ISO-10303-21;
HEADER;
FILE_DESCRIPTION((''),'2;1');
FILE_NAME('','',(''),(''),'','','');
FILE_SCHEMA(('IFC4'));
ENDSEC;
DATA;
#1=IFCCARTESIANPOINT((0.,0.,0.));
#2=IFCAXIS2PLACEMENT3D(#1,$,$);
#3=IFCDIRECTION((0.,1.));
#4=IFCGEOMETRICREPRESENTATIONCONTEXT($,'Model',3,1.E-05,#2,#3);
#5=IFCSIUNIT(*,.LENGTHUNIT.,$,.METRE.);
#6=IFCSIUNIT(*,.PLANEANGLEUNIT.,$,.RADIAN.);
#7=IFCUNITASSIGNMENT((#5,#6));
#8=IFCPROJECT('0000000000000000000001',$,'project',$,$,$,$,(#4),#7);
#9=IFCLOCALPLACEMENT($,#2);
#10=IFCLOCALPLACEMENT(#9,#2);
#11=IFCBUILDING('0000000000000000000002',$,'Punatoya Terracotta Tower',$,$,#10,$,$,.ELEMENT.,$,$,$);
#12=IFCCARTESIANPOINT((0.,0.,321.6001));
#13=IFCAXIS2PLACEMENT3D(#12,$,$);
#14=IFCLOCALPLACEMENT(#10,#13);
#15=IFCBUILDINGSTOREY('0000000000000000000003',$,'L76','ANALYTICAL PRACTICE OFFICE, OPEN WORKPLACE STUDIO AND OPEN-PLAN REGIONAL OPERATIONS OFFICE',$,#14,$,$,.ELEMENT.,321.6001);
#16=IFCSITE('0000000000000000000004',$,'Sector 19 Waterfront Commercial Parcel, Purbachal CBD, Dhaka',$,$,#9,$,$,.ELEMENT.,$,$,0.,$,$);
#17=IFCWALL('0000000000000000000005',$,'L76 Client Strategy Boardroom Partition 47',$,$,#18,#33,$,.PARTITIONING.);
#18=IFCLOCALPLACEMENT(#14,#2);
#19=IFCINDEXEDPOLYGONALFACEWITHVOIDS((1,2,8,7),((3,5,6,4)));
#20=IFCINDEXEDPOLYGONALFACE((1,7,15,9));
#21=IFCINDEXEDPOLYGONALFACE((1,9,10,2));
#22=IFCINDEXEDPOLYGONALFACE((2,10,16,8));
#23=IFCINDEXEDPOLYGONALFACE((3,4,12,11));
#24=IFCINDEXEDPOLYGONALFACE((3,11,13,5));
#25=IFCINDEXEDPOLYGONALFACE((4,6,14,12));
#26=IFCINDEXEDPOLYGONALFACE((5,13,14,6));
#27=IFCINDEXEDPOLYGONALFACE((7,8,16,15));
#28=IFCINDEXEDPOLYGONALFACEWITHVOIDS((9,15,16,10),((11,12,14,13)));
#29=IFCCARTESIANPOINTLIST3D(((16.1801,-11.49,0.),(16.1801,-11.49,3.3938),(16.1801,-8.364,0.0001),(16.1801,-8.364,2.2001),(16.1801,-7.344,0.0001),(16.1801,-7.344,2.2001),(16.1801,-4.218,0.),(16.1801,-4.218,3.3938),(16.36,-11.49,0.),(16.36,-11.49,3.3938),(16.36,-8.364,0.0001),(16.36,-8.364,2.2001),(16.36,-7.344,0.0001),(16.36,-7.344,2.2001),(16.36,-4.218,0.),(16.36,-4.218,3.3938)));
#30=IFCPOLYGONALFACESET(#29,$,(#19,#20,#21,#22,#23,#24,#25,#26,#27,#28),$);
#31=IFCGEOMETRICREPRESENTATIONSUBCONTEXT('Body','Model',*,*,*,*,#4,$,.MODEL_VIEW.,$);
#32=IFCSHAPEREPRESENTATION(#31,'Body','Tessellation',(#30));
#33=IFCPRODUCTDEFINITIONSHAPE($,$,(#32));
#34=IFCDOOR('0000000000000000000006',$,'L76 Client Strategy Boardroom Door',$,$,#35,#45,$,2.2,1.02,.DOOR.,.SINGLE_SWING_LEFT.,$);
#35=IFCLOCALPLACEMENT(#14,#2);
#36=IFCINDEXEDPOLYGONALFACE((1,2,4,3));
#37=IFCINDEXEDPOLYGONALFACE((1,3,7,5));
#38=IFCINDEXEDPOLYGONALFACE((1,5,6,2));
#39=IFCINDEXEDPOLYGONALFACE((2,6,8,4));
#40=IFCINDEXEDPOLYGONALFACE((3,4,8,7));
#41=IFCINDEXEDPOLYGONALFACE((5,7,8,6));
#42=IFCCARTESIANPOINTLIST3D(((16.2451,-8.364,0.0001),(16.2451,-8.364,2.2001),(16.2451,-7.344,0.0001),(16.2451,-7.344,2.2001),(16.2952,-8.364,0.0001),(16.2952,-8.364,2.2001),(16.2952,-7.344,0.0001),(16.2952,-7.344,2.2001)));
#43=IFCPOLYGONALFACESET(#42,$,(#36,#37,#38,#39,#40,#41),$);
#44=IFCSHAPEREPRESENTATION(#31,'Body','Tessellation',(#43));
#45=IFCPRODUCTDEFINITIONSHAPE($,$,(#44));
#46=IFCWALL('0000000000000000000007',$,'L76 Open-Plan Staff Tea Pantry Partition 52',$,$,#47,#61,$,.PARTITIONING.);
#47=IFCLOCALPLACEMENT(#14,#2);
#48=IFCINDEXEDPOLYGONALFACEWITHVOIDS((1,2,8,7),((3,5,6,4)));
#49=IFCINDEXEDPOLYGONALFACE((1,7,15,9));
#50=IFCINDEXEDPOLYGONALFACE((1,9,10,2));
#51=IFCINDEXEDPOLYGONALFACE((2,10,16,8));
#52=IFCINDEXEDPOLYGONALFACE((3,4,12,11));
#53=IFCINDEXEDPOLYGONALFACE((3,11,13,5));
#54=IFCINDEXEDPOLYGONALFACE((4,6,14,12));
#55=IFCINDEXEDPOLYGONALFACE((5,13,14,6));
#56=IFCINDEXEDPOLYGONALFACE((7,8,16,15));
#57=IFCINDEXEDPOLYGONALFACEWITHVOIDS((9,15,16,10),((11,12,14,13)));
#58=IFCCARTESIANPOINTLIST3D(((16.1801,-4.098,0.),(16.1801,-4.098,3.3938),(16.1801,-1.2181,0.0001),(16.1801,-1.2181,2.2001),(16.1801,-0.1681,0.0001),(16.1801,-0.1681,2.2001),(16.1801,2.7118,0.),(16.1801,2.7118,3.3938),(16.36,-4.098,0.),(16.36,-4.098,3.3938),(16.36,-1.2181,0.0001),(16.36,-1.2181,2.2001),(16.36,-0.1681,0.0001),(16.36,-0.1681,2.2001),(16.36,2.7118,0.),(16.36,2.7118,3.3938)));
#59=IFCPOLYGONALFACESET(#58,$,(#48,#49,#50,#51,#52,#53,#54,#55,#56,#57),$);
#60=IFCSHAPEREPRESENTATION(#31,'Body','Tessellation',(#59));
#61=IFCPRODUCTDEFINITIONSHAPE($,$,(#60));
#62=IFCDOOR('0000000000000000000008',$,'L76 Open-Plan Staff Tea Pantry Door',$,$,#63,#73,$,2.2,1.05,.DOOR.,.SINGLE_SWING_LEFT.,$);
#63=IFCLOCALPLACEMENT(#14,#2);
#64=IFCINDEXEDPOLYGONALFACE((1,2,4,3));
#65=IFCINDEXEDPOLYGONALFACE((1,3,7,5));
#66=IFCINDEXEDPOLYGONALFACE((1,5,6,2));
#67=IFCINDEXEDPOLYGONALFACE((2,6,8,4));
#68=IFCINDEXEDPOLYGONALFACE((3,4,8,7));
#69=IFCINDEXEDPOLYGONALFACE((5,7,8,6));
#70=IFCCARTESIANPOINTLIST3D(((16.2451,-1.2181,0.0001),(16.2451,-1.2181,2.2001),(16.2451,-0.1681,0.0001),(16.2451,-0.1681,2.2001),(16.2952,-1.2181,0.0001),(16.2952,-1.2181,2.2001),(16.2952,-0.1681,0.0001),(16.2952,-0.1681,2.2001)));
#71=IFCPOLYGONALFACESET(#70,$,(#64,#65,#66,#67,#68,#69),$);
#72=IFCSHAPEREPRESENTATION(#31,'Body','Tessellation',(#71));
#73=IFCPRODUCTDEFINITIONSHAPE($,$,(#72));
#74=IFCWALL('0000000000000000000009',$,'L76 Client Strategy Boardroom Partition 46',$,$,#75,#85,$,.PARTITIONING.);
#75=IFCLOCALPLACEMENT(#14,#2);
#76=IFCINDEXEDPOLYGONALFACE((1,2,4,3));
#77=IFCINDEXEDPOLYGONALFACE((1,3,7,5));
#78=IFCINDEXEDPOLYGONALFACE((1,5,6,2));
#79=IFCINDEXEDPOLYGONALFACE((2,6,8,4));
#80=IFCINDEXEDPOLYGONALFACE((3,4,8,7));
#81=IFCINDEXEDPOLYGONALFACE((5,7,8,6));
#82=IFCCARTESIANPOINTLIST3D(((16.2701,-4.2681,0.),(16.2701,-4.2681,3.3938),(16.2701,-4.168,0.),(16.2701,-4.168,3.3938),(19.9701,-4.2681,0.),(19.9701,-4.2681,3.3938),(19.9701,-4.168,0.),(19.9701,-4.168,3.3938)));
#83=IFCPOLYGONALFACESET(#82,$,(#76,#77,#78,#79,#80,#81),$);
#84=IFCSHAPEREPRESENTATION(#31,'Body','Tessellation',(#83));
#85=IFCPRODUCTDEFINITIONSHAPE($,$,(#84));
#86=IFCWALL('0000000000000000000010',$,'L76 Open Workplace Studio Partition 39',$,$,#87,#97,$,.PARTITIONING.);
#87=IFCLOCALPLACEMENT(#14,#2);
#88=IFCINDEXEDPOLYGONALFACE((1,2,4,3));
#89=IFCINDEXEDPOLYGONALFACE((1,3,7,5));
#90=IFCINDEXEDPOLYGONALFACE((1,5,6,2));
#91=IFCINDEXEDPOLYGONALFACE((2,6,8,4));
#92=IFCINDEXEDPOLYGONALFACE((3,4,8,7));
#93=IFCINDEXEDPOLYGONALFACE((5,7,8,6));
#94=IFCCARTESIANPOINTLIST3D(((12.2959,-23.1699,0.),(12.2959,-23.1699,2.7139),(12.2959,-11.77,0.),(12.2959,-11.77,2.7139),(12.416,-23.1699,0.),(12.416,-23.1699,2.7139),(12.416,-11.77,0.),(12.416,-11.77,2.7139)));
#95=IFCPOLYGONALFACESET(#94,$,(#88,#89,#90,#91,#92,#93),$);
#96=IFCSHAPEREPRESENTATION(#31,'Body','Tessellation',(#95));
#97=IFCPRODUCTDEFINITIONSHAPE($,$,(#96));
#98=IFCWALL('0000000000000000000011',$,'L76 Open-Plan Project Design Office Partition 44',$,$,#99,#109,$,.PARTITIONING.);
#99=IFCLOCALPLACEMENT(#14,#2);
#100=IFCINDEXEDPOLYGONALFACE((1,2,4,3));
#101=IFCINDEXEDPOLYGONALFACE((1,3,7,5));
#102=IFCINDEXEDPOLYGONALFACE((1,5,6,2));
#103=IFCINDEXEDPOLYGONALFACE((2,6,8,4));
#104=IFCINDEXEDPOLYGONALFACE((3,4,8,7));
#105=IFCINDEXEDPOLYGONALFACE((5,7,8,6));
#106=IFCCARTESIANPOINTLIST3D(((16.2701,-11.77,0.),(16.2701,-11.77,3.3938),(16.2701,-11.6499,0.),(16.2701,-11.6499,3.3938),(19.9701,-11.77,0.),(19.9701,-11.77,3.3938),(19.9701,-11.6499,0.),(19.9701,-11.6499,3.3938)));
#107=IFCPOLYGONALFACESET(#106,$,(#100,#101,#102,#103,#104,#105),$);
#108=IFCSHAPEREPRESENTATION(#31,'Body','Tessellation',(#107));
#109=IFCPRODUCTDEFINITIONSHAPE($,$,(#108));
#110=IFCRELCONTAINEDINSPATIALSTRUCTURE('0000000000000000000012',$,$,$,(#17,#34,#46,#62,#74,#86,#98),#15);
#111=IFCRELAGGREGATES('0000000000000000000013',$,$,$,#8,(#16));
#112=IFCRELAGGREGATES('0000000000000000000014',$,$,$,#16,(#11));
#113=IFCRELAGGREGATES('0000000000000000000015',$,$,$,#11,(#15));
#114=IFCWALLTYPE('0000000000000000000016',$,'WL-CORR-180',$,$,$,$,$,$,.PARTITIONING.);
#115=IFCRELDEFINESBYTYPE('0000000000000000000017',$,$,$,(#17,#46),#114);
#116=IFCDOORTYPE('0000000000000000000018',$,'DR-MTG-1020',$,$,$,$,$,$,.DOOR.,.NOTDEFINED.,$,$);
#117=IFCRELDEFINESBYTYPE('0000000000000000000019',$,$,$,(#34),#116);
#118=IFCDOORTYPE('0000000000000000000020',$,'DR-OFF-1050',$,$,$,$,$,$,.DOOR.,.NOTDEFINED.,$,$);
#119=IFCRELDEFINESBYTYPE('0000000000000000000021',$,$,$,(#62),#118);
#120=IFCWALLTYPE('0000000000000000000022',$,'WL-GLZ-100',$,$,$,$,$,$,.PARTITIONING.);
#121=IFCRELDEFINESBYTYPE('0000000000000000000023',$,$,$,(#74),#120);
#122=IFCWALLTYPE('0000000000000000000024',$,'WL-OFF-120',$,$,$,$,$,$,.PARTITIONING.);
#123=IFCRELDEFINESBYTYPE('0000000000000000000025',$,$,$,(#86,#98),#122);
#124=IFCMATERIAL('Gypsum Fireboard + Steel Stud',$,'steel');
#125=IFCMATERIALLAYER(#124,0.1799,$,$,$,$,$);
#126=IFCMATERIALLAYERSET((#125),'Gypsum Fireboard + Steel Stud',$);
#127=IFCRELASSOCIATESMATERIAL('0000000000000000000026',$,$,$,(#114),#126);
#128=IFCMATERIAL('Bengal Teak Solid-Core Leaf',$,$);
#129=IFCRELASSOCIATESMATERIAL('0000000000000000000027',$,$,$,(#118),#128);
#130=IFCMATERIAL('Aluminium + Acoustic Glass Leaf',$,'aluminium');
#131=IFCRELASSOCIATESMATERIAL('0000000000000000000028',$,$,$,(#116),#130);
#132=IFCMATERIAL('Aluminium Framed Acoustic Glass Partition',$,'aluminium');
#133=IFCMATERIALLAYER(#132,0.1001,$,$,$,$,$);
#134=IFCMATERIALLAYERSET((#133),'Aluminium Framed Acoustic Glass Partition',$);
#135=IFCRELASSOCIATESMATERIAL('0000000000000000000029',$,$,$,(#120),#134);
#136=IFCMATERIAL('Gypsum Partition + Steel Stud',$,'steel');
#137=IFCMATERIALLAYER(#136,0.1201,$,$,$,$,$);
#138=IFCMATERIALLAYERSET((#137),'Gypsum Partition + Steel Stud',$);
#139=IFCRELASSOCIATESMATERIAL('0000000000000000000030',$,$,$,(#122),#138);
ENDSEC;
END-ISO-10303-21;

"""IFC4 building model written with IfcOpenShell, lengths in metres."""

from ifc_helpers import new_model, si_unit, direction, frame, frame_2d, origin, place, context, subcontext, project, spatial, rectangle, extrude, material, layer, layer_set, type_object, element, fill, save


model = new_model("IFC4")

# Units and contexts
model_context = context("Model", 3, precision=1e-05, world=origin(), true_north=direction((0.0, 1.0)))
body_context = subcontext(model_context, "Body", "Model", "MODEL_VIEW")
ifc_project = project(units=[si_unit("LENGTHUNIT", "METRE"), si_unit("PLANEANGLEUNIT", "RADIAN")], contexts=[model_context])

# Site, building, storey
site_placement = place(None, origin())
site = spatial("IfcSite", under=ifc_project, at=site_placement, Name="Sector 19 Waterfront Commercial Parcel, Purbachal CBD, Dhaka", CompositionType="ELEMENT", RefElevation=0.0)
building_placement = place(site_placement, origin())
building = spatial("IfcBuilding", under=site, at=building_placement, Name="Punatoya Terracotta Tower", CompositionType="ELEMENT")
storey_placement = place(building_placement, frame((0.0, 0.0, 321.6001)))
storey = spatial("IfcBuildingStorey", under=building, at=storey_placement, Name="L76", Description="ANALYTICAL PRACTICE OFFICE, OPEN WORKPLACE STUDIO AND OPEN-PLAN REGIONAL OPERATIONS OFFICE", CompositionType="ELEMENT", Elevation=321.6001)

# Walls, openings, doors
ifc_material_1 = material(Name="Gypsum Fireboard + Steel Stud", Category="steel")
ifc_layer_1 = layer(ifc_material_1, 0.1799)
ifc_layer_set_1 = layer_set([ifc_layer_1], Name="Gypsum Fireboard + Steel Stud")
wall_type_1 = type_object("IfcWallType", Name="WL-CORR-180", PredefinedType="PARTITIONING", material=ifc_layer_set_1)
ifc_material_2 = material(Name="Bengal Teak Solid-Core Leaf")
door_type_1 = type_object("IfcDoorType", Name="DR-OFF-1050", OperationType="NOTDEFINED", PredefinedType="DOOR", material=ifc_material_2)
wall_1_placement = place(storey_placement, frame((16.27, -11.49, 0.0), z_axis=(0.0, 0.0, 1.0), x_axis=(0.0, 1.0, 0.0)))
wall_1 = element("IfcWall", 1, at=wall_1_placement, inside=storey, type_object=wall_type_1, Name="L76 Client Strategy Boardroom Partition 47", PredefinedType="PARTITIONING", context=body_context, shape_type="SweptSolid", body=[
    extrude(rectangle(XDim=7.272, YDim=0.1799, at=frame_2d((3.636, 0.0))), origin(), (0.0, 0.0, 1.0), 3.3938),
])
opening_1_placement = place(wall_1_placement, frame((3.126, 0.0, 0.0)))
opening_1 = element("IfcOpeningElement", 2, at=opening_1_placement, cuts=wall_1, PredefinedType="OPENING", context=body_context, shape_type="SweptSolid", body=[
    extrude(rectangle(XDim=1.02, YDim=2.2, at=frame_2d((0.51, 1.1001))), frame((0.0, 0.0999, 0.0), z_axis=(0.0, -1.0, 0.0), x_axis=(1.0, 0.0, 0.0)), (0.0, 0.0, 1.0), 0.2),
])
ifc_material_3 = material(Name="Aluminium + Acoustic Glass Leaf", Category="aluminium")
door_type_2 = type_object("IfcDoorType", Name="DR-MTG-1020", OperationType="NOTDEFINED", PredefinedType="DOOR", material=ifc_material_3)
door_1_placement = place(opening_1_placement, origin())
door_1 = element("IfcDoor", 3, at=door_1_placement, inside=storey, type_object=door_type_2, Name="L76 Client Strategy Boardroom Door", OperationType="SINGLE_SWING_LEFT", OverallHeight=2.2, OverallWidth=1.02, PredefinedType="DOOR", context=body_context, shape_type="SweptSolid", body=[
    extrude(rectangle(XDim=1.02, YDim=2.2, at=frame_2d((0.51, 1.1001))), frame((0.0, 0.0249, 0.0), z_axis=(0.0, -1.0, 0.0), x_axis=(1.0, 0.0, 0.0)), (0.0, 0.0, 1.0), 0.05),
])
fill(opening_1, door_1)
wall_2_placement = place(storey_placement, frame((16.27, -4.0979, 0.0), z_axis=(0.0, 0.0, 1.0), x_axis=(0.0, 1.0, 0.0)))
wall_2 = element("IfcWall", 4, at=wall_2_placement, inside=storey, type_object=wall_type_1, Name="L76 Open-Plan Staff Tea Pantry Partition 52", PredefinedType="PARTITIONING", context=body_context, shape_type="SweptSolid", body=[
    extrude(rectangle(XDim=6.8098, YDim=0.1799, at=frame_2d((3.4048, 0.0))), origin(), (0.0, 0.0, 1.0), 3.3938),
])
opening_2_placement = place(wall_2_placement, frame((2.8799, 0.0, 0.0)))
opening_2 = element("IfcOpeningElement", 5, at=opening_2_placement, cuts=wall_2, PredefinedType="OPENING", context=body_context, shape_type="SweptSolid", body=[
    extrude(rectangle(XDim=1.05, YDim=2.2, at=frame_2d((0.5249, 1.1001))), frame((0.0, 0.0999, 0.0), z_axis=(0.0, -1.0, 0.0), x_axis=(1.0, 0.0, 0.0)), (0.0, 0.0, 1.0), 0.2),
])
door_2_placement = place(opening_2_placement, origin())
door_2 = element("IfcDoor", 6, at=door_2_placement, inside=storey, type_object=door_type_1, Name="L76 Open-Plan Staff Tea Pantry Door", OperationType="SINGLE_SWING_LEFT", OverallHeight=2.2, OverallWidth=1.05, PredefinedType="DOOR", context=body_context, shape_type="SweptSolid", body=[
    extrude(rectangle(XDim=1.05, YDim=2.2, at=frame_2d((0.5249, 1.1001))), frame((0.0, 0.0249, 0.0), z_axis=(0.0, -1.0, 0.0), x_axis=(1.0, 0.0, 0.0)), (0.0, 0.0, 1.0), 0.05),
])
fill(opening_2, door_2)

# Walls
ifc_material_4 = material(Name="Aluminium Framed Acoustic Glass Partition", Category="aluminium")
ifc_layer_2 = layer(ifc_material_4, 0.1001)
ifc_layer_set_2 = layer_set([ifc_layer_2], Name="Aluminium Framed Acoustic Glass Partition")
wall_type_2 = type_object("IfcWallType", Name="WL-GLZ-100", PredefinedType="PARTITIONING", material=ifc_layer_set_2)
wall_3_placement = place(storey_placement, frame((16.27, -4.218, 0.0), z_axis=(0.0, 0.0, 1.0), x_axis=(1.0, 0.0, 0.0)))
element("IfcWall", 7, at=wall_3_placement, inside=storey, type_object=wall_type_2, Name="L76 Client Strategy Boardroom Partition 46", PredefinedType="PARTITIONING", context=body_context, shape_type="SweptSolid", body=[
    extrude(rectangle(XDim=3.7, YDim=0.1001, at=frame_2d((1.8501, 0.0))), origin(), (0.0, 0.0, 1.0), 3.3938),
])
ifc_material_5 = material(Name="Gypsum Partition + Steel Stud", Category="steel")
ifc_layer_3 = layer(ifc_material_5, 0.1201)
ifc_layer_set_3 = layer_set([ifc_layer_3], Name="Gypsum Partition + Steel Stud")
wall_type_3 = type_object("IfcWallType", Name="WL-OFF-120", PredefinedType="PARTITIONING", material=ifc_layer_set_3)
wall_4_placement = place(storey_placement, frame((12.356, -11.77, 0.0), z_axis=(0.0, 0.0, 1.0), x_axis=(0.0, -1.0, 0.0)))
element("IfcWall", 8, at=wall_4_placement, inside=storey, type_object=wall_type_3, Name="L76 Open Workplace Studio Partition 39", PredefinedType="PARTITIONING", context=body_context, shape_type="SweptSolid", body=[
    extrude(rectangle(XDim=11.3999, YDim=0.1201, at=frame_2d((5.7, 0.0))), origin(), (0.0, 0.0, 1.0), 2.7139),
])
wall_5_placement = place(storey_placement, frame((16.27, -11.71, 0.0), z_axis=(0.0, 0.0, 1.0), x_axis=(1.0, 0.0, 0.0)))
element("IfcWall", 9, at=wall_5_placement, inside=storey, type_object=wall_type_3, Name="L76 Open-Plan Project Design Office Partition 44", PredefinedType="PARTITIONING", context=body_context, shape_type="SweptSolid", body=[
    extrude(rectangle(XDim=3.7, YDim=0.1201, at=frame_2d((1.8501, 0.0))), origin(), (0.0, 0.0, 1.0), 3.3938),
])

save(model, "model.ifc")
